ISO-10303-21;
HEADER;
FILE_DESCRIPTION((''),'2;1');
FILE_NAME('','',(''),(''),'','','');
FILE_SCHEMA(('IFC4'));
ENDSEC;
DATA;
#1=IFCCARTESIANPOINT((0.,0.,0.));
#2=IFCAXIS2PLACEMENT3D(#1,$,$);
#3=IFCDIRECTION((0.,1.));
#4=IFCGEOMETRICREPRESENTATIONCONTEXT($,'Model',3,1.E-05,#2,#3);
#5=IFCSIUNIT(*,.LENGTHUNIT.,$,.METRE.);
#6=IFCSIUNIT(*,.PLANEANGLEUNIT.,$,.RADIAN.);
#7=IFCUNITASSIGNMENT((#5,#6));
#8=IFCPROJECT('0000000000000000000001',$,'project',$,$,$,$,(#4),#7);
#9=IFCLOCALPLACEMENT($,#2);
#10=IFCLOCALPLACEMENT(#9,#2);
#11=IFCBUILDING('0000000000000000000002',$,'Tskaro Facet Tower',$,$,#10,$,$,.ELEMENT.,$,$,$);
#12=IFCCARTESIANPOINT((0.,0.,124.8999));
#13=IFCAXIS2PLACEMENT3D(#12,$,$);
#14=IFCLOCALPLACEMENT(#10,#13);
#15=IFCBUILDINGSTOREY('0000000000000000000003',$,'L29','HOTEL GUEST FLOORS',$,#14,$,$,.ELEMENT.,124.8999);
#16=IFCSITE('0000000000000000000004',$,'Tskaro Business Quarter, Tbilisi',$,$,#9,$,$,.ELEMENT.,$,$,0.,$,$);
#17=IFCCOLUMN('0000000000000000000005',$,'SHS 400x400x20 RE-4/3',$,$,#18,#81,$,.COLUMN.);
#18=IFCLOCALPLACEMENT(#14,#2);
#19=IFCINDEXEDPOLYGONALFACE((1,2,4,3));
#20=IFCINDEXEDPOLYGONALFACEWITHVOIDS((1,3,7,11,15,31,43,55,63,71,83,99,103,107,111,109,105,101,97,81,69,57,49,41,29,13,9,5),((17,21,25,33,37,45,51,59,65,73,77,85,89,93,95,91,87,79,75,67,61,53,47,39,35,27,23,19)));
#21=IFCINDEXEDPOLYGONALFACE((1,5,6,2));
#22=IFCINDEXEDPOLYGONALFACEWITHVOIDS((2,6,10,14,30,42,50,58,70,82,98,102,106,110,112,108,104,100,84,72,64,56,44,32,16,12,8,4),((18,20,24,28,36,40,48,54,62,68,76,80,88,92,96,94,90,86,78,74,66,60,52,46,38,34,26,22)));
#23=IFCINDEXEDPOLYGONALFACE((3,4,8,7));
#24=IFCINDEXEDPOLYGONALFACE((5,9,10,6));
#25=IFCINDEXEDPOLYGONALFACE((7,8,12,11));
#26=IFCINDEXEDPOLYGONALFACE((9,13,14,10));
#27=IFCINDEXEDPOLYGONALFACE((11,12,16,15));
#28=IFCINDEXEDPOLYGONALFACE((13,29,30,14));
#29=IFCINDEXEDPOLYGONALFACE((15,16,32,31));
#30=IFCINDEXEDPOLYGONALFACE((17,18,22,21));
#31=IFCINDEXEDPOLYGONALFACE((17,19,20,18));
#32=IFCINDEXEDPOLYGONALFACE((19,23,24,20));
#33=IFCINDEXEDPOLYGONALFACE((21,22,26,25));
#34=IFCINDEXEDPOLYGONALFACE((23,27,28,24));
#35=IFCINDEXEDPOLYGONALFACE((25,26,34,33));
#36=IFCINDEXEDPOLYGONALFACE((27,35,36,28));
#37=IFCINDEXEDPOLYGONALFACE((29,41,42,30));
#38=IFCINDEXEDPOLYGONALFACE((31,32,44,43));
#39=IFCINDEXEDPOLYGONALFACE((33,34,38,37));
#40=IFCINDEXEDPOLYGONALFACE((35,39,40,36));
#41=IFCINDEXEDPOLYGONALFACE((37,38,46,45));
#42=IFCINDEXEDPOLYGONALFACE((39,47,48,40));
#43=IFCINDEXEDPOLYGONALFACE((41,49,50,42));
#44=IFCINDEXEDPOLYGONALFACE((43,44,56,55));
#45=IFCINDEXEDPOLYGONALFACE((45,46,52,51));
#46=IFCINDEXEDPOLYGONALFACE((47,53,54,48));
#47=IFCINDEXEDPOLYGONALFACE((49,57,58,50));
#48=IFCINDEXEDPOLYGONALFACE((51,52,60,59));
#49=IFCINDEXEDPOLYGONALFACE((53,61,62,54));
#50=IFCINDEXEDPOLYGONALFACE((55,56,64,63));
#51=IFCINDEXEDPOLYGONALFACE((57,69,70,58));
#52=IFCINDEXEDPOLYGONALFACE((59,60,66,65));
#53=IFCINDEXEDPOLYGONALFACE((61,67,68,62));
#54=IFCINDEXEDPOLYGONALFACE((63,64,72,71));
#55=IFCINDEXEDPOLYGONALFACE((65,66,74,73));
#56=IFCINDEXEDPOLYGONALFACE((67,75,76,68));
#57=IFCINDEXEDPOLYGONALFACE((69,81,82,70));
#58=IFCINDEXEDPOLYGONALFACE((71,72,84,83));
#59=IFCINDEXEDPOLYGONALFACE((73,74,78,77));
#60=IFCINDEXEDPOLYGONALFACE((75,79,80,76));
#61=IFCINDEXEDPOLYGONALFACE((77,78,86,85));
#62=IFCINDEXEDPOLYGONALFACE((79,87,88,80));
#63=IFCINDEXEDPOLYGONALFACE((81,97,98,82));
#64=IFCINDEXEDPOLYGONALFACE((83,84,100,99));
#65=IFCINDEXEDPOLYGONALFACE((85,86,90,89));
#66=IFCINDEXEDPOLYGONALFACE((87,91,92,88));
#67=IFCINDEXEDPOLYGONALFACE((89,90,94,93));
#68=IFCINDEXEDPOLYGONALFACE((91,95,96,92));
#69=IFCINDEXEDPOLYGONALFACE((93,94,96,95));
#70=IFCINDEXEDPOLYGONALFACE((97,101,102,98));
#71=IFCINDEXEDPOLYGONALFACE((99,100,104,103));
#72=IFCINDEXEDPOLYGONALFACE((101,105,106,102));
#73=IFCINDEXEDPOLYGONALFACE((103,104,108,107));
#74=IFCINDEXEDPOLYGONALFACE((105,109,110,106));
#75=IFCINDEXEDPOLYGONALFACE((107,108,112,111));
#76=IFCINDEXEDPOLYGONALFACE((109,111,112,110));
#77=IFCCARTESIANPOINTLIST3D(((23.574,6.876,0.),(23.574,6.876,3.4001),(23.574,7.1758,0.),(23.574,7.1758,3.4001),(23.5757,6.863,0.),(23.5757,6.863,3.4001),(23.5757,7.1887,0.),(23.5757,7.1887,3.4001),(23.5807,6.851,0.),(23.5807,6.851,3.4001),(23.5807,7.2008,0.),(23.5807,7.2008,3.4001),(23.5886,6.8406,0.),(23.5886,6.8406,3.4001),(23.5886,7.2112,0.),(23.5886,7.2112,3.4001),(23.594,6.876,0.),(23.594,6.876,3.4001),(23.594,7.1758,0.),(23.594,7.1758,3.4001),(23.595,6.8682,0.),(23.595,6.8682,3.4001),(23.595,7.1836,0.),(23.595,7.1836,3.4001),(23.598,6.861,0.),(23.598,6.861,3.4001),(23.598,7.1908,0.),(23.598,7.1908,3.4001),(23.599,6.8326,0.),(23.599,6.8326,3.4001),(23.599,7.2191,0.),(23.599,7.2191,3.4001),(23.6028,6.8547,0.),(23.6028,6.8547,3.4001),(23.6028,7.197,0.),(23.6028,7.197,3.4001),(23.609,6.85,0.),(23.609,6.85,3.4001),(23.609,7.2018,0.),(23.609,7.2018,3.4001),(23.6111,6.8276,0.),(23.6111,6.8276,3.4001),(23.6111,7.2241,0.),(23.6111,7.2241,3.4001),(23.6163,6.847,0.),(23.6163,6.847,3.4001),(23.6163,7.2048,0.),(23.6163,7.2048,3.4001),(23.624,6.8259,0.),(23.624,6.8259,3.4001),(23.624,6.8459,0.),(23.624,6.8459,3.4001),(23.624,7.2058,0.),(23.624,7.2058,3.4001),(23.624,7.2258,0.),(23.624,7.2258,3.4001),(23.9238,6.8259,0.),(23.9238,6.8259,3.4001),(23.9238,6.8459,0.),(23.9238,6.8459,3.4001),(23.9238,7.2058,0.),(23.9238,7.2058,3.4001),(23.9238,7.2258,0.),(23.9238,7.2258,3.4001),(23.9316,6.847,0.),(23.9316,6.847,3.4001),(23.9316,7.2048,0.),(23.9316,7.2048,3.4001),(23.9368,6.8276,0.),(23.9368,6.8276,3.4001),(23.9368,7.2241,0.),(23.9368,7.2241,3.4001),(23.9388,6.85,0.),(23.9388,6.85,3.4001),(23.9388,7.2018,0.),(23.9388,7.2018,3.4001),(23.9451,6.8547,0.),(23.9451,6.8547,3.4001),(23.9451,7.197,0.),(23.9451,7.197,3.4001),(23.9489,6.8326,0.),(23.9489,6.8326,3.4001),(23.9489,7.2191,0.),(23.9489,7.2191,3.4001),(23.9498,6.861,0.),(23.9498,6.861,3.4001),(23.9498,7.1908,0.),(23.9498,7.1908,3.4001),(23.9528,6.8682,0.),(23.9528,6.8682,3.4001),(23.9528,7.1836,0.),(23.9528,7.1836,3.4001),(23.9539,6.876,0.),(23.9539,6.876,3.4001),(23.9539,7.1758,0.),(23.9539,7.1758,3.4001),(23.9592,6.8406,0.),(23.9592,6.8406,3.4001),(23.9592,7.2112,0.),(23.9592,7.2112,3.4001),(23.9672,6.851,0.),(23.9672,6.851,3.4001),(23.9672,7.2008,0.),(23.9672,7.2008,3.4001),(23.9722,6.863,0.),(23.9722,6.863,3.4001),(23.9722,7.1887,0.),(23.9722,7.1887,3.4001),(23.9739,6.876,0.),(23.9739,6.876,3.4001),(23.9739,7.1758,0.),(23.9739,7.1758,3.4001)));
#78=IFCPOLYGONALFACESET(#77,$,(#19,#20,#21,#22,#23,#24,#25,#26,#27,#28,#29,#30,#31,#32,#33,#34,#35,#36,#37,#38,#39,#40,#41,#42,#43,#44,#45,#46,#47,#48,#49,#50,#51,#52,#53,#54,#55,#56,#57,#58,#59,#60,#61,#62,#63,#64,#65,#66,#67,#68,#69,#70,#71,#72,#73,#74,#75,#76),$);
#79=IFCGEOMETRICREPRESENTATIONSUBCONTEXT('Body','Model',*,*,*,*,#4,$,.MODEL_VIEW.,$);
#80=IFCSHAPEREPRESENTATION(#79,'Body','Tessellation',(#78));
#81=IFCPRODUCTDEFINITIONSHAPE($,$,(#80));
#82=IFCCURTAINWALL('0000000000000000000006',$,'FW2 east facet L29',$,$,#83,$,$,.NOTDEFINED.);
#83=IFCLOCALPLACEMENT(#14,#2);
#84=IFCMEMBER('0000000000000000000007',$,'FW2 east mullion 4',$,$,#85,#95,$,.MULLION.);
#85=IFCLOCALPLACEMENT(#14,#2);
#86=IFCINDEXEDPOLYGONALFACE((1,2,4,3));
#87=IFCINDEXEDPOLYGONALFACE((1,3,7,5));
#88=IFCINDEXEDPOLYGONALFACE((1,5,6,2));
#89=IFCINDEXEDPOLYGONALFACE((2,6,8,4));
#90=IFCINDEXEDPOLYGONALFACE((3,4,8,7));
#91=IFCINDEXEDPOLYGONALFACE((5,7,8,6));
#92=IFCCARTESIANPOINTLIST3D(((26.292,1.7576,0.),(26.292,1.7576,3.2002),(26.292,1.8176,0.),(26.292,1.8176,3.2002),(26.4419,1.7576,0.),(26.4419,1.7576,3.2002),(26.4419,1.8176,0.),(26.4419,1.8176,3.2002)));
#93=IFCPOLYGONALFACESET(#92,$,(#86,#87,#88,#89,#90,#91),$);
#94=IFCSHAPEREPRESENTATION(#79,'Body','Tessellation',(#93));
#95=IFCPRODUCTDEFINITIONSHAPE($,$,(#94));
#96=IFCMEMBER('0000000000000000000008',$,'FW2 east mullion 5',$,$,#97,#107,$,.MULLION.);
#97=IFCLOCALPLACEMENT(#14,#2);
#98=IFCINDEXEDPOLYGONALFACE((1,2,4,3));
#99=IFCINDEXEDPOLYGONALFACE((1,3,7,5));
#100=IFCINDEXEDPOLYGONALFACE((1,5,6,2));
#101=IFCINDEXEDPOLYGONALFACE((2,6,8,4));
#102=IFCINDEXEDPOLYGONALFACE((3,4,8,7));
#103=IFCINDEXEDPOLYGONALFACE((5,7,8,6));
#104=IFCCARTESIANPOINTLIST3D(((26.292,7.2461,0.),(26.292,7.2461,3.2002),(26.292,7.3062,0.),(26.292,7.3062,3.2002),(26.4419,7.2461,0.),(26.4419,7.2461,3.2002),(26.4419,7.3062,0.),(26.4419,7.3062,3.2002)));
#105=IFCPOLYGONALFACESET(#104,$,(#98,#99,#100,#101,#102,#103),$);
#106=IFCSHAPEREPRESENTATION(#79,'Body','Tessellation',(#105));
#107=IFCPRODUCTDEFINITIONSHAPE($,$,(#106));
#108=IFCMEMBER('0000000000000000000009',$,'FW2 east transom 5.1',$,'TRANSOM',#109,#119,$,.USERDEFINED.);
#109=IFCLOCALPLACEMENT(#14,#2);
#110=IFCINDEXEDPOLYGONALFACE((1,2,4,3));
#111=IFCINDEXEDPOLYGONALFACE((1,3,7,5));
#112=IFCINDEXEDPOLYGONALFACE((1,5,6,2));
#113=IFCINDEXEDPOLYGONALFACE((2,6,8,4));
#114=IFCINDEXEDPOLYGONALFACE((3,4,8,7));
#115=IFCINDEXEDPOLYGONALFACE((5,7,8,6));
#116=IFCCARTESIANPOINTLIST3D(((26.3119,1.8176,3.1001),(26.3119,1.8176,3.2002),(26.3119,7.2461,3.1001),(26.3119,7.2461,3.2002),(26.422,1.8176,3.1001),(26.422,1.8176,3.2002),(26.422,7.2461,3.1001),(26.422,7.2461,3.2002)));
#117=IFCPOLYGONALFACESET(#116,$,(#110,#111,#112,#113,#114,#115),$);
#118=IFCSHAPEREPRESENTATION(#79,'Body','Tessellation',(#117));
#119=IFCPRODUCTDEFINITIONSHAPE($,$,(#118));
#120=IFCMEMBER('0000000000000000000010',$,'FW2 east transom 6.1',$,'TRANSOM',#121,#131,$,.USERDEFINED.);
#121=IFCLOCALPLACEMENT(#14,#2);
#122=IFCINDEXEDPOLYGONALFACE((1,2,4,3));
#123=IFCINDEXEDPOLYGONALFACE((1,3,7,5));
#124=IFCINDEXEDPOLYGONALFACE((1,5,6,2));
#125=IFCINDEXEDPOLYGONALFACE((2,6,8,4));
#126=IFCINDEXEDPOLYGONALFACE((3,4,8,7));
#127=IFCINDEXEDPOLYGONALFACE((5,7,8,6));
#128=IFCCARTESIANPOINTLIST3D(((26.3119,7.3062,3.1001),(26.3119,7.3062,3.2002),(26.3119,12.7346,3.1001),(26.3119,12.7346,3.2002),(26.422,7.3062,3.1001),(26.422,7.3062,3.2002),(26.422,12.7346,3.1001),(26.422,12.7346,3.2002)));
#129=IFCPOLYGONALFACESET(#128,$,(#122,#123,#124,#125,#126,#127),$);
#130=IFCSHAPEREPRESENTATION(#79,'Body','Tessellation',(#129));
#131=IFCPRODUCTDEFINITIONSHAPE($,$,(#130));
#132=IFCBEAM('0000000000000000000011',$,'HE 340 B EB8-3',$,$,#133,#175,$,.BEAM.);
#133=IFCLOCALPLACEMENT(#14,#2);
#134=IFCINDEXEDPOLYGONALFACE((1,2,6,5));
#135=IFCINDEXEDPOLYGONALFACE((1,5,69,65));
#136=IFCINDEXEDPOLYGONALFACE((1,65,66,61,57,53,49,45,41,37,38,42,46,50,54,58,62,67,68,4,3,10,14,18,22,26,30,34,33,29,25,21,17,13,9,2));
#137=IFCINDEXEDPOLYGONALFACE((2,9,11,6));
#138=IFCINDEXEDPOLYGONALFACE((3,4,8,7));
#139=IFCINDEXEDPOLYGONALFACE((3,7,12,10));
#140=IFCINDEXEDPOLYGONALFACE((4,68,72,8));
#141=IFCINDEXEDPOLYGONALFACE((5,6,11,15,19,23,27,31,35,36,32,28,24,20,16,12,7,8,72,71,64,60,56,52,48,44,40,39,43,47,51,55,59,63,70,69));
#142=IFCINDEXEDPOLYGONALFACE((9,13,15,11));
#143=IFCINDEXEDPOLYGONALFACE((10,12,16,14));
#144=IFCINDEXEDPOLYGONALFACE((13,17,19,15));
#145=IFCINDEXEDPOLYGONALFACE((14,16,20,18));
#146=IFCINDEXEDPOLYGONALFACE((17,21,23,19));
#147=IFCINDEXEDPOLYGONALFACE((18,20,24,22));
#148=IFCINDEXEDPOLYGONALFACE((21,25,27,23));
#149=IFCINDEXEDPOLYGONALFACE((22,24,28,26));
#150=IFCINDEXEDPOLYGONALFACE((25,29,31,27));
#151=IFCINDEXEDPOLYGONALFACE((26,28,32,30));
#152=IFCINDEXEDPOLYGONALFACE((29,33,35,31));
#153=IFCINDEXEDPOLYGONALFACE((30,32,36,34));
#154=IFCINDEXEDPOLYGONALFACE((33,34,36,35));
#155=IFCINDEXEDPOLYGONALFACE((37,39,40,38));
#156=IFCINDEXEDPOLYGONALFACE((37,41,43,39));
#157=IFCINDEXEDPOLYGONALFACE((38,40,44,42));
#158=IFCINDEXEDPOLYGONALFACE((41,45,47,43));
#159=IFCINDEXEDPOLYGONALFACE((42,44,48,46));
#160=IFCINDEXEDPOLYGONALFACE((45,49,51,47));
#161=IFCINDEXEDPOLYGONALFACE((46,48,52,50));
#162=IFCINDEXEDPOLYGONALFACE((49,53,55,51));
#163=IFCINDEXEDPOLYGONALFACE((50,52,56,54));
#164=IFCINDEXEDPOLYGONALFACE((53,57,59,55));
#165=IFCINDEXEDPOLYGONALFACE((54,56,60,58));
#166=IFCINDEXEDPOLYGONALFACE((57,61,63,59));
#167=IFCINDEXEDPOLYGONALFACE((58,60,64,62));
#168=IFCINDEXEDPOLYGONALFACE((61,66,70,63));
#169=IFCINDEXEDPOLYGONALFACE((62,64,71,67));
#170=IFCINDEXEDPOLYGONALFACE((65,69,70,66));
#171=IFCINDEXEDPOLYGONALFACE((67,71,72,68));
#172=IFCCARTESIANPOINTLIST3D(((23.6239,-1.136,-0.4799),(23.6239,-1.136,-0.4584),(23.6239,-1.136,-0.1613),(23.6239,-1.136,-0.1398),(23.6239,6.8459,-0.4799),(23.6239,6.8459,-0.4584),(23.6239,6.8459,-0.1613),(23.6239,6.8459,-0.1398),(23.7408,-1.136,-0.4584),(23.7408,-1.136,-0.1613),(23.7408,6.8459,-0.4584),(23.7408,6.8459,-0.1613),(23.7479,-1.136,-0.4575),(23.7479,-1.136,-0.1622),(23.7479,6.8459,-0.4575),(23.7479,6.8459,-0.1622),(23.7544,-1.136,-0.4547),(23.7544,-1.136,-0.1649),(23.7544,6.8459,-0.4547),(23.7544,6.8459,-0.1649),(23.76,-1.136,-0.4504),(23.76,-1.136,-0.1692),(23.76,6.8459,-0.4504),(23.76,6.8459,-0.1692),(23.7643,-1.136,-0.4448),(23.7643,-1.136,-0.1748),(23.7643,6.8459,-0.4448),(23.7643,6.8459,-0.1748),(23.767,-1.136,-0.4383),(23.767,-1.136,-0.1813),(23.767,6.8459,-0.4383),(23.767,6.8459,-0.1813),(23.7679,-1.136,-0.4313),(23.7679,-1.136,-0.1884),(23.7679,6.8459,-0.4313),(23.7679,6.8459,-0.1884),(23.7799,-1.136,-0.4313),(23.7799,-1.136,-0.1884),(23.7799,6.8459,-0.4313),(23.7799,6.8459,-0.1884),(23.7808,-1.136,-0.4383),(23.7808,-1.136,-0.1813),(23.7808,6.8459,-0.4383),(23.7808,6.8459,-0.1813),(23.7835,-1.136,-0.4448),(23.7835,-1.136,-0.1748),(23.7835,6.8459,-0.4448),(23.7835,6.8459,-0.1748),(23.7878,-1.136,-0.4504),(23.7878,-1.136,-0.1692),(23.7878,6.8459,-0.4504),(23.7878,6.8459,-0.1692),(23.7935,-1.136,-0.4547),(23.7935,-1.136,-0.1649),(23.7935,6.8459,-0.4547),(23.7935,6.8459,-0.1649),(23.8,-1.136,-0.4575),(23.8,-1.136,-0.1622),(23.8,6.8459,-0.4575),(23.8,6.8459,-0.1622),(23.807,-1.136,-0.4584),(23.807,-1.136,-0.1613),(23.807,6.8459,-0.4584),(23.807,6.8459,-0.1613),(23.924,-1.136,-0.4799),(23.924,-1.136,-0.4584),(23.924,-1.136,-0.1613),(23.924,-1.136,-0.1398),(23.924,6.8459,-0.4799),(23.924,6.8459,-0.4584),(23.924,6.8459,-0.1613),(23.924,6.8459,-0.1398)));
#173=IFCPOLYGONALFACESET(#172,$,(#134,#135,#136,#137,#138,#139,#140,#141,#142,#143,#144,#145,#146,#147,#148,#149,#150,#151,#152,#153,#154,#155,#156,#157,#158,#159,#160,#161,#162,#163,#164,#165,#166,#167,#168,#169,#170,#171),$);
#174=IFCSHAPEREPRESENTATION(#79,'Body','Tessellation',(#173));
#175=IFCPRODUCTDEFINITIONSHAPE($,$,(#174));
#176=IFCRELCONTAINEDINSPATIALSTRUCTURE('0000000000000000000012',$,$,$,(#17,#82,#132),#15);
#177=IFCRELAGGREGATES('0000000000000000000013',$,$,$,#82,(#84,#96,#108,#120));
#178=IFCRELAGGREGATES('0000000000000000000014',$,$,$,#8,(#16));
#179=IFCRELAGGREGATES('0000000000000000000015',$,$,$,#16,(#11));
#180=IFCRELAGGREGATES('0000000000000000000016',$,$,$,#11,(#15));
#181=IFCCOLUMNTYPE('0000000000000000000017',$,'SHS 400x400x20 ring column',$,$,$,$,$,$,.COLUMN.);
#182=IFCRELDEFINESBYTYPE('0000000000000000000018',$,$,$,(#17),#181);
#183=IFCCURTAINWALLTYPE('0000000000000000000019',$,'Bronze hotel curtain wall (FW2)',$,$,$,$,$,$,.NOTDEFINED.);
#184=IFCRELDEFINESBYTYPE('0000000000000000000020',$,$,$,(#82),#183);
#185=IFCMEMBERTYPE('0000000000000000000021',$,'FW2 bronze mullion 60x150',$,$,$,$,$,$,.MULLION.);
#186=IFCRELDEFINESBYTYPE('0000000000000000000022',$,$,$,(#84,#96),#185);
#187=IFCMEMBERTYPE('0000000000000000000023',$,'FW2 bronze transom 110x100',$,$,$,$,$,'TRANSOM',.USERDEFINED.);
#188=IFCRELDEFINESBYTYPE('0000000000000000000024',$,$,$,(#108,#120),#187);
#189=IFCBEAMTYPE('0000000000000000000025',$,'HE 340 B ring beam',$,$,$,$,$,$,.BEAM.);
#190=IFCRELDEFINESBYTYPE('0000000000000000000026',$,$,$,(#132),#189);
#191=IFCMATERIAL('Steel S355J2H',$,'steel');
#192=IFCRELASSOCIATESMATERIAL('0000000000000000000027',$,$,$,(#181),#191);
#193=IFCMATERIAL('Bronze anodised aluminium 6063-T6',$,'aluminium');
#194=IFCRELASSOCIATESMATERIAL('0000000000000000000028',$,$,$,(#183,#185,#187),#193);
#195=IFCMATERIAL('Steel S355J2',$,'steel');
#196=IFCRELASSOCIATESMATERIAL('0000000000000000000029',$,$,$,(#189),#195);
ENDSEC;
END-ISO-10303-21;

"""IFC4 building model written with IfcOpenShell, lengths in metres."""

from ifc_helpers import new_model, si_unit, direction, frame, origin, origin_2d, place, context, subcontext, project, spatial, rectangle, hollow_rectangle, i_section, extrude, material, material_profile, profile_set, type_object, element, aggregate, save


model = new_model("IFC4")

# Units and contexts
model_context = context("Model", 3, precision=1e-05, world=origin(), true_north=direction((0.0, 1.0)))
body_context = subcontext(model_context, "Body", "Model", "MODEL_VIEW")
ifc_project = project(units=[si_unit("LENGTHUNIT", "METRE"), si_unit("PLANEANGLEUNIT", "RADIAN")], contexts=[model_context])

# Site, building, storey
site_placement = place(None, origin())
site = spatial("IfcSite", under=ifc_project, at=site_placement, Name="Tskaro Business Quarter, Tbilisi", CompositionType="ELEMENT", RefElevation=0.0)
building_placement = place(site_placement, origin())
building = spatial("IfcBuilding", under=site, at=building_placement, Name="Tskaro Facet Tower", CompositionType="ELEMENT")
storey_placement = place(building_placement, frame((0.0, 0.0, 124.8999)))
storey = spatial("IfcBuildingStorey", under=building, at=storey_placement, Name="L29", Description="HOTEL GUEST FLOORS", CompositionType="ELEMENT", Elevation=124.8999)

# Column
ifc_material_1 = material(Name="Steel S355J2H", Category="steel")
ifc_material_profile_1 = material_profile(ifc_material_1, hollow_rectangle(XDim=0.3999, YDim=0.3999, WallThickness=0.02, InnerFilletRadius=0.03, OuterFilletRadius=0.05, at=origin_2d()), Name="SHS 400x400x20")
ifc_profile_set_1 = profile_set([ifc_material_profile_1], Name="Steel S355J2H")
column_type_1 = type_object("IfcColumnType", Name="SHS 400x400x20 ring column", PredefinedType="COLUMN", material=ifc_profile_set_1)
for number, where, z_axis, x_axis, name in (
    (1, (23.7739, 7.0259, 0.0), (0.0, 0.0, 1.0), (1.0, 0.0, 0.0), "SHS 400x400x20 RE-4/3"),
):
    element("IfcColumn", number, at=place(storey_placement, frame(where, z_axis=z_axis, x_axis=x_axis)), inside=storey, type_object=column_type_1, Name=name, PredefinedType="COLUMN", context=body_context, shape_type="SweptSolid", body=[
        extrude(hollow_rectangle(XDim=0.3999, YDim=0.3999, WallThickness=0.02, InnerFilletRadius=0.03, OuterFilletRadius=0.05, at=origin_2d()), origin(), (0.0, 0.0, 1.0), 3.4001),
    ])

# Curtain wall, members
ifc_material_2 = material(Name="Bronze anodised aluminium 6063-T6", Category="aluminium")
curtain_wall_type = type_object("IfcCurtainWallType", Name="Bronze hotel curtain wall (FW2)", PredefinedType="NOTDEFINED", material=ifc_material_2)
curtain_wall_placement = place(storey_placement, origin())
curtain_wall = element("IfcCurtainWall", 2, at=curtain_wall_placement, inside=storey, type_object=curtain_wall_type, Name="FW2 east facet L29", PredefinedType="NOTDEFINED")
ifc_material_profile_2 = material_profile(ifc_material_2, rectangle(XDim=0.0601, YDim=0.1499, at=origin_2d()), Name="Mullion 60x150")
ifc_profile_set_2 = profile_set([ifc_material_profile_2], Name="Bronze anodised aluminium 6063-T6")
member_type_1 = type_object("IfcMemberType", Name="FW2 bronze mullion 60x150", PredefinedType="MULLION", material=ifc_profile_set_2)
member_1_placement = place(storey_placement, frame((26.3669, 1.7876, 0.0), z_axis=(0.0, 0.0, 1.0), x_axis=(0.0, 1.0, 0.0)))
member_1 = element("IfcMember", 3, at=member_1_placement, type_object=member_type_1, Name="FW2 east mullion 4", PredefinedType="MULLION", context=body_context, shape_type="SweptSolid", body=[
    extrude(rectangle(XDim=0.0601, YDim=0.1499, at=origin_2d()), origin(), (0.0, 0.0, 1.0), 3.2002),
])
member_2_placement = place(storey_placement, frame((26.3669, 7.2761, 0.0), z_axis=(0.0, 0.0, 1.0), x_axis=(0.0, 1.0, 0.0)))
member_2 = element("IfcMember", 4, at=member_2_placement, type_object=member_type_1, Name="FW2 east mullion 5", PredefinedType="MULLION", context=body_context, shape_type="SweptSolid", body=[
    extrude(rectangle(XDim=0.0601, YDim=0.1499, at=origin_2d()), origin(), (0.0, 0.0, 1.0), 3.2002),
])
ifc_material_profile_3 = material_profile(ifc_material_2, rectangle(XDim=0.1101, YDim=0.1001, at=origin_2d()), Name="Transom 110x100")
ifc_profile_set_3 = profile_set([ifc_material_profile_3], Name="Bronze anodised aluminium 6063-T6")
member_type_2 = type_object("IfcMemberType", Name="FW2 bronze transom 110x100", ElementType="TRANSOM", PredefinedType="USERDEFINED", material=ifc_profile_set_3)
member_3_placement = place(storey_placement, frame((26.3669, 1.8176, 3.1501), z_axis=(0.0, 1.0, 0.0), x_axis=(-1.0, 0.0, 0.0)))
member_3 = element("IfcMember", 5, at=member_3_placement, type_object=member_type_2, Name="FW2 east transom 5.1", ObjectType="TRANSOM", PredefinedType="USERDEFINED", context=body_context, shape_type="SweptSolid", body=[
    extrude(rectangle(XDim=0.1101, YDim=0.1001, at=origin_2d()), origin(), (0.0, 0.0, 1.0), 5.4285),
])
member_4_placement = place(storey_placement, frame((26.3669, 7.3062, 3.1501), z_axis=(0.0, 1.0, 0.0), x_axis=(-1.0, 0.0, 0.0)))
member_4 = element("IfcMember", 6, at=member_4_placement, type_object=member_type_2, Name="FW2 east transom 6.1", ObjectType="TRANSOM", PredefinedType="USERDEFINED", context=body_context, shape_type="SweptSolid", body=[
    extrude(rectangle(XDim=0.1101, YDim=0.1001, at=origin_2d()), origin(), (0.0, 0.0, 1.0), 5.4285),
])

# Beam
ifc_material_3 = material(Name="Steel S355J2", Category="steel")
ifc_material_profile_4 = material_profile(ifc_material_3, i_section(OverallWidth=0.3, OverallDepth=0.3401, WebThickness=0.012, FlangeThickness=0.0215, FilletRadius=0.0271, at=origin_2d()), Name="HE 340 B")
ifc_profile_set_4 = profile_set([ifc_material_profile_4], Name="Steel S355J2")
beam_type_1 = type_object("IfcBeamType", Name="HE 340 B ring beam", PredefinedType="BEAM", material=ifc_profile_set_4)
for number, where, z_axis, x_axis, name in (
    (7, (23.7739, -1.136, -0.3098), (0.0, 1.0, 0.0), (-1.0, 0.0, 0.0), "HE 340 B EB8-3"),
):
    element("IfcBeam", number, at=place(storey_placement, frame(where, z_axis=z_axis, x_axis=x_axis)), inside=storey, type_object=beam_type_1, Name=name, PredefinedType="BEAM", context=body_context, shape_type="SweptSolid", body=[
        extrude(i_section(OverallWidth=0.3, OverallDepth=0.3401, WebThickness=0.012, FlangeThickness=0.0215, FilletRadius=0.0271, at=origin_2d()), origin(), (0.0, 0.0, 1.0), 7.9819),
    ])

aggregate(curtain_wall, [member_1, member_2, member_3, member_4])

save(model, "model.ifc")
